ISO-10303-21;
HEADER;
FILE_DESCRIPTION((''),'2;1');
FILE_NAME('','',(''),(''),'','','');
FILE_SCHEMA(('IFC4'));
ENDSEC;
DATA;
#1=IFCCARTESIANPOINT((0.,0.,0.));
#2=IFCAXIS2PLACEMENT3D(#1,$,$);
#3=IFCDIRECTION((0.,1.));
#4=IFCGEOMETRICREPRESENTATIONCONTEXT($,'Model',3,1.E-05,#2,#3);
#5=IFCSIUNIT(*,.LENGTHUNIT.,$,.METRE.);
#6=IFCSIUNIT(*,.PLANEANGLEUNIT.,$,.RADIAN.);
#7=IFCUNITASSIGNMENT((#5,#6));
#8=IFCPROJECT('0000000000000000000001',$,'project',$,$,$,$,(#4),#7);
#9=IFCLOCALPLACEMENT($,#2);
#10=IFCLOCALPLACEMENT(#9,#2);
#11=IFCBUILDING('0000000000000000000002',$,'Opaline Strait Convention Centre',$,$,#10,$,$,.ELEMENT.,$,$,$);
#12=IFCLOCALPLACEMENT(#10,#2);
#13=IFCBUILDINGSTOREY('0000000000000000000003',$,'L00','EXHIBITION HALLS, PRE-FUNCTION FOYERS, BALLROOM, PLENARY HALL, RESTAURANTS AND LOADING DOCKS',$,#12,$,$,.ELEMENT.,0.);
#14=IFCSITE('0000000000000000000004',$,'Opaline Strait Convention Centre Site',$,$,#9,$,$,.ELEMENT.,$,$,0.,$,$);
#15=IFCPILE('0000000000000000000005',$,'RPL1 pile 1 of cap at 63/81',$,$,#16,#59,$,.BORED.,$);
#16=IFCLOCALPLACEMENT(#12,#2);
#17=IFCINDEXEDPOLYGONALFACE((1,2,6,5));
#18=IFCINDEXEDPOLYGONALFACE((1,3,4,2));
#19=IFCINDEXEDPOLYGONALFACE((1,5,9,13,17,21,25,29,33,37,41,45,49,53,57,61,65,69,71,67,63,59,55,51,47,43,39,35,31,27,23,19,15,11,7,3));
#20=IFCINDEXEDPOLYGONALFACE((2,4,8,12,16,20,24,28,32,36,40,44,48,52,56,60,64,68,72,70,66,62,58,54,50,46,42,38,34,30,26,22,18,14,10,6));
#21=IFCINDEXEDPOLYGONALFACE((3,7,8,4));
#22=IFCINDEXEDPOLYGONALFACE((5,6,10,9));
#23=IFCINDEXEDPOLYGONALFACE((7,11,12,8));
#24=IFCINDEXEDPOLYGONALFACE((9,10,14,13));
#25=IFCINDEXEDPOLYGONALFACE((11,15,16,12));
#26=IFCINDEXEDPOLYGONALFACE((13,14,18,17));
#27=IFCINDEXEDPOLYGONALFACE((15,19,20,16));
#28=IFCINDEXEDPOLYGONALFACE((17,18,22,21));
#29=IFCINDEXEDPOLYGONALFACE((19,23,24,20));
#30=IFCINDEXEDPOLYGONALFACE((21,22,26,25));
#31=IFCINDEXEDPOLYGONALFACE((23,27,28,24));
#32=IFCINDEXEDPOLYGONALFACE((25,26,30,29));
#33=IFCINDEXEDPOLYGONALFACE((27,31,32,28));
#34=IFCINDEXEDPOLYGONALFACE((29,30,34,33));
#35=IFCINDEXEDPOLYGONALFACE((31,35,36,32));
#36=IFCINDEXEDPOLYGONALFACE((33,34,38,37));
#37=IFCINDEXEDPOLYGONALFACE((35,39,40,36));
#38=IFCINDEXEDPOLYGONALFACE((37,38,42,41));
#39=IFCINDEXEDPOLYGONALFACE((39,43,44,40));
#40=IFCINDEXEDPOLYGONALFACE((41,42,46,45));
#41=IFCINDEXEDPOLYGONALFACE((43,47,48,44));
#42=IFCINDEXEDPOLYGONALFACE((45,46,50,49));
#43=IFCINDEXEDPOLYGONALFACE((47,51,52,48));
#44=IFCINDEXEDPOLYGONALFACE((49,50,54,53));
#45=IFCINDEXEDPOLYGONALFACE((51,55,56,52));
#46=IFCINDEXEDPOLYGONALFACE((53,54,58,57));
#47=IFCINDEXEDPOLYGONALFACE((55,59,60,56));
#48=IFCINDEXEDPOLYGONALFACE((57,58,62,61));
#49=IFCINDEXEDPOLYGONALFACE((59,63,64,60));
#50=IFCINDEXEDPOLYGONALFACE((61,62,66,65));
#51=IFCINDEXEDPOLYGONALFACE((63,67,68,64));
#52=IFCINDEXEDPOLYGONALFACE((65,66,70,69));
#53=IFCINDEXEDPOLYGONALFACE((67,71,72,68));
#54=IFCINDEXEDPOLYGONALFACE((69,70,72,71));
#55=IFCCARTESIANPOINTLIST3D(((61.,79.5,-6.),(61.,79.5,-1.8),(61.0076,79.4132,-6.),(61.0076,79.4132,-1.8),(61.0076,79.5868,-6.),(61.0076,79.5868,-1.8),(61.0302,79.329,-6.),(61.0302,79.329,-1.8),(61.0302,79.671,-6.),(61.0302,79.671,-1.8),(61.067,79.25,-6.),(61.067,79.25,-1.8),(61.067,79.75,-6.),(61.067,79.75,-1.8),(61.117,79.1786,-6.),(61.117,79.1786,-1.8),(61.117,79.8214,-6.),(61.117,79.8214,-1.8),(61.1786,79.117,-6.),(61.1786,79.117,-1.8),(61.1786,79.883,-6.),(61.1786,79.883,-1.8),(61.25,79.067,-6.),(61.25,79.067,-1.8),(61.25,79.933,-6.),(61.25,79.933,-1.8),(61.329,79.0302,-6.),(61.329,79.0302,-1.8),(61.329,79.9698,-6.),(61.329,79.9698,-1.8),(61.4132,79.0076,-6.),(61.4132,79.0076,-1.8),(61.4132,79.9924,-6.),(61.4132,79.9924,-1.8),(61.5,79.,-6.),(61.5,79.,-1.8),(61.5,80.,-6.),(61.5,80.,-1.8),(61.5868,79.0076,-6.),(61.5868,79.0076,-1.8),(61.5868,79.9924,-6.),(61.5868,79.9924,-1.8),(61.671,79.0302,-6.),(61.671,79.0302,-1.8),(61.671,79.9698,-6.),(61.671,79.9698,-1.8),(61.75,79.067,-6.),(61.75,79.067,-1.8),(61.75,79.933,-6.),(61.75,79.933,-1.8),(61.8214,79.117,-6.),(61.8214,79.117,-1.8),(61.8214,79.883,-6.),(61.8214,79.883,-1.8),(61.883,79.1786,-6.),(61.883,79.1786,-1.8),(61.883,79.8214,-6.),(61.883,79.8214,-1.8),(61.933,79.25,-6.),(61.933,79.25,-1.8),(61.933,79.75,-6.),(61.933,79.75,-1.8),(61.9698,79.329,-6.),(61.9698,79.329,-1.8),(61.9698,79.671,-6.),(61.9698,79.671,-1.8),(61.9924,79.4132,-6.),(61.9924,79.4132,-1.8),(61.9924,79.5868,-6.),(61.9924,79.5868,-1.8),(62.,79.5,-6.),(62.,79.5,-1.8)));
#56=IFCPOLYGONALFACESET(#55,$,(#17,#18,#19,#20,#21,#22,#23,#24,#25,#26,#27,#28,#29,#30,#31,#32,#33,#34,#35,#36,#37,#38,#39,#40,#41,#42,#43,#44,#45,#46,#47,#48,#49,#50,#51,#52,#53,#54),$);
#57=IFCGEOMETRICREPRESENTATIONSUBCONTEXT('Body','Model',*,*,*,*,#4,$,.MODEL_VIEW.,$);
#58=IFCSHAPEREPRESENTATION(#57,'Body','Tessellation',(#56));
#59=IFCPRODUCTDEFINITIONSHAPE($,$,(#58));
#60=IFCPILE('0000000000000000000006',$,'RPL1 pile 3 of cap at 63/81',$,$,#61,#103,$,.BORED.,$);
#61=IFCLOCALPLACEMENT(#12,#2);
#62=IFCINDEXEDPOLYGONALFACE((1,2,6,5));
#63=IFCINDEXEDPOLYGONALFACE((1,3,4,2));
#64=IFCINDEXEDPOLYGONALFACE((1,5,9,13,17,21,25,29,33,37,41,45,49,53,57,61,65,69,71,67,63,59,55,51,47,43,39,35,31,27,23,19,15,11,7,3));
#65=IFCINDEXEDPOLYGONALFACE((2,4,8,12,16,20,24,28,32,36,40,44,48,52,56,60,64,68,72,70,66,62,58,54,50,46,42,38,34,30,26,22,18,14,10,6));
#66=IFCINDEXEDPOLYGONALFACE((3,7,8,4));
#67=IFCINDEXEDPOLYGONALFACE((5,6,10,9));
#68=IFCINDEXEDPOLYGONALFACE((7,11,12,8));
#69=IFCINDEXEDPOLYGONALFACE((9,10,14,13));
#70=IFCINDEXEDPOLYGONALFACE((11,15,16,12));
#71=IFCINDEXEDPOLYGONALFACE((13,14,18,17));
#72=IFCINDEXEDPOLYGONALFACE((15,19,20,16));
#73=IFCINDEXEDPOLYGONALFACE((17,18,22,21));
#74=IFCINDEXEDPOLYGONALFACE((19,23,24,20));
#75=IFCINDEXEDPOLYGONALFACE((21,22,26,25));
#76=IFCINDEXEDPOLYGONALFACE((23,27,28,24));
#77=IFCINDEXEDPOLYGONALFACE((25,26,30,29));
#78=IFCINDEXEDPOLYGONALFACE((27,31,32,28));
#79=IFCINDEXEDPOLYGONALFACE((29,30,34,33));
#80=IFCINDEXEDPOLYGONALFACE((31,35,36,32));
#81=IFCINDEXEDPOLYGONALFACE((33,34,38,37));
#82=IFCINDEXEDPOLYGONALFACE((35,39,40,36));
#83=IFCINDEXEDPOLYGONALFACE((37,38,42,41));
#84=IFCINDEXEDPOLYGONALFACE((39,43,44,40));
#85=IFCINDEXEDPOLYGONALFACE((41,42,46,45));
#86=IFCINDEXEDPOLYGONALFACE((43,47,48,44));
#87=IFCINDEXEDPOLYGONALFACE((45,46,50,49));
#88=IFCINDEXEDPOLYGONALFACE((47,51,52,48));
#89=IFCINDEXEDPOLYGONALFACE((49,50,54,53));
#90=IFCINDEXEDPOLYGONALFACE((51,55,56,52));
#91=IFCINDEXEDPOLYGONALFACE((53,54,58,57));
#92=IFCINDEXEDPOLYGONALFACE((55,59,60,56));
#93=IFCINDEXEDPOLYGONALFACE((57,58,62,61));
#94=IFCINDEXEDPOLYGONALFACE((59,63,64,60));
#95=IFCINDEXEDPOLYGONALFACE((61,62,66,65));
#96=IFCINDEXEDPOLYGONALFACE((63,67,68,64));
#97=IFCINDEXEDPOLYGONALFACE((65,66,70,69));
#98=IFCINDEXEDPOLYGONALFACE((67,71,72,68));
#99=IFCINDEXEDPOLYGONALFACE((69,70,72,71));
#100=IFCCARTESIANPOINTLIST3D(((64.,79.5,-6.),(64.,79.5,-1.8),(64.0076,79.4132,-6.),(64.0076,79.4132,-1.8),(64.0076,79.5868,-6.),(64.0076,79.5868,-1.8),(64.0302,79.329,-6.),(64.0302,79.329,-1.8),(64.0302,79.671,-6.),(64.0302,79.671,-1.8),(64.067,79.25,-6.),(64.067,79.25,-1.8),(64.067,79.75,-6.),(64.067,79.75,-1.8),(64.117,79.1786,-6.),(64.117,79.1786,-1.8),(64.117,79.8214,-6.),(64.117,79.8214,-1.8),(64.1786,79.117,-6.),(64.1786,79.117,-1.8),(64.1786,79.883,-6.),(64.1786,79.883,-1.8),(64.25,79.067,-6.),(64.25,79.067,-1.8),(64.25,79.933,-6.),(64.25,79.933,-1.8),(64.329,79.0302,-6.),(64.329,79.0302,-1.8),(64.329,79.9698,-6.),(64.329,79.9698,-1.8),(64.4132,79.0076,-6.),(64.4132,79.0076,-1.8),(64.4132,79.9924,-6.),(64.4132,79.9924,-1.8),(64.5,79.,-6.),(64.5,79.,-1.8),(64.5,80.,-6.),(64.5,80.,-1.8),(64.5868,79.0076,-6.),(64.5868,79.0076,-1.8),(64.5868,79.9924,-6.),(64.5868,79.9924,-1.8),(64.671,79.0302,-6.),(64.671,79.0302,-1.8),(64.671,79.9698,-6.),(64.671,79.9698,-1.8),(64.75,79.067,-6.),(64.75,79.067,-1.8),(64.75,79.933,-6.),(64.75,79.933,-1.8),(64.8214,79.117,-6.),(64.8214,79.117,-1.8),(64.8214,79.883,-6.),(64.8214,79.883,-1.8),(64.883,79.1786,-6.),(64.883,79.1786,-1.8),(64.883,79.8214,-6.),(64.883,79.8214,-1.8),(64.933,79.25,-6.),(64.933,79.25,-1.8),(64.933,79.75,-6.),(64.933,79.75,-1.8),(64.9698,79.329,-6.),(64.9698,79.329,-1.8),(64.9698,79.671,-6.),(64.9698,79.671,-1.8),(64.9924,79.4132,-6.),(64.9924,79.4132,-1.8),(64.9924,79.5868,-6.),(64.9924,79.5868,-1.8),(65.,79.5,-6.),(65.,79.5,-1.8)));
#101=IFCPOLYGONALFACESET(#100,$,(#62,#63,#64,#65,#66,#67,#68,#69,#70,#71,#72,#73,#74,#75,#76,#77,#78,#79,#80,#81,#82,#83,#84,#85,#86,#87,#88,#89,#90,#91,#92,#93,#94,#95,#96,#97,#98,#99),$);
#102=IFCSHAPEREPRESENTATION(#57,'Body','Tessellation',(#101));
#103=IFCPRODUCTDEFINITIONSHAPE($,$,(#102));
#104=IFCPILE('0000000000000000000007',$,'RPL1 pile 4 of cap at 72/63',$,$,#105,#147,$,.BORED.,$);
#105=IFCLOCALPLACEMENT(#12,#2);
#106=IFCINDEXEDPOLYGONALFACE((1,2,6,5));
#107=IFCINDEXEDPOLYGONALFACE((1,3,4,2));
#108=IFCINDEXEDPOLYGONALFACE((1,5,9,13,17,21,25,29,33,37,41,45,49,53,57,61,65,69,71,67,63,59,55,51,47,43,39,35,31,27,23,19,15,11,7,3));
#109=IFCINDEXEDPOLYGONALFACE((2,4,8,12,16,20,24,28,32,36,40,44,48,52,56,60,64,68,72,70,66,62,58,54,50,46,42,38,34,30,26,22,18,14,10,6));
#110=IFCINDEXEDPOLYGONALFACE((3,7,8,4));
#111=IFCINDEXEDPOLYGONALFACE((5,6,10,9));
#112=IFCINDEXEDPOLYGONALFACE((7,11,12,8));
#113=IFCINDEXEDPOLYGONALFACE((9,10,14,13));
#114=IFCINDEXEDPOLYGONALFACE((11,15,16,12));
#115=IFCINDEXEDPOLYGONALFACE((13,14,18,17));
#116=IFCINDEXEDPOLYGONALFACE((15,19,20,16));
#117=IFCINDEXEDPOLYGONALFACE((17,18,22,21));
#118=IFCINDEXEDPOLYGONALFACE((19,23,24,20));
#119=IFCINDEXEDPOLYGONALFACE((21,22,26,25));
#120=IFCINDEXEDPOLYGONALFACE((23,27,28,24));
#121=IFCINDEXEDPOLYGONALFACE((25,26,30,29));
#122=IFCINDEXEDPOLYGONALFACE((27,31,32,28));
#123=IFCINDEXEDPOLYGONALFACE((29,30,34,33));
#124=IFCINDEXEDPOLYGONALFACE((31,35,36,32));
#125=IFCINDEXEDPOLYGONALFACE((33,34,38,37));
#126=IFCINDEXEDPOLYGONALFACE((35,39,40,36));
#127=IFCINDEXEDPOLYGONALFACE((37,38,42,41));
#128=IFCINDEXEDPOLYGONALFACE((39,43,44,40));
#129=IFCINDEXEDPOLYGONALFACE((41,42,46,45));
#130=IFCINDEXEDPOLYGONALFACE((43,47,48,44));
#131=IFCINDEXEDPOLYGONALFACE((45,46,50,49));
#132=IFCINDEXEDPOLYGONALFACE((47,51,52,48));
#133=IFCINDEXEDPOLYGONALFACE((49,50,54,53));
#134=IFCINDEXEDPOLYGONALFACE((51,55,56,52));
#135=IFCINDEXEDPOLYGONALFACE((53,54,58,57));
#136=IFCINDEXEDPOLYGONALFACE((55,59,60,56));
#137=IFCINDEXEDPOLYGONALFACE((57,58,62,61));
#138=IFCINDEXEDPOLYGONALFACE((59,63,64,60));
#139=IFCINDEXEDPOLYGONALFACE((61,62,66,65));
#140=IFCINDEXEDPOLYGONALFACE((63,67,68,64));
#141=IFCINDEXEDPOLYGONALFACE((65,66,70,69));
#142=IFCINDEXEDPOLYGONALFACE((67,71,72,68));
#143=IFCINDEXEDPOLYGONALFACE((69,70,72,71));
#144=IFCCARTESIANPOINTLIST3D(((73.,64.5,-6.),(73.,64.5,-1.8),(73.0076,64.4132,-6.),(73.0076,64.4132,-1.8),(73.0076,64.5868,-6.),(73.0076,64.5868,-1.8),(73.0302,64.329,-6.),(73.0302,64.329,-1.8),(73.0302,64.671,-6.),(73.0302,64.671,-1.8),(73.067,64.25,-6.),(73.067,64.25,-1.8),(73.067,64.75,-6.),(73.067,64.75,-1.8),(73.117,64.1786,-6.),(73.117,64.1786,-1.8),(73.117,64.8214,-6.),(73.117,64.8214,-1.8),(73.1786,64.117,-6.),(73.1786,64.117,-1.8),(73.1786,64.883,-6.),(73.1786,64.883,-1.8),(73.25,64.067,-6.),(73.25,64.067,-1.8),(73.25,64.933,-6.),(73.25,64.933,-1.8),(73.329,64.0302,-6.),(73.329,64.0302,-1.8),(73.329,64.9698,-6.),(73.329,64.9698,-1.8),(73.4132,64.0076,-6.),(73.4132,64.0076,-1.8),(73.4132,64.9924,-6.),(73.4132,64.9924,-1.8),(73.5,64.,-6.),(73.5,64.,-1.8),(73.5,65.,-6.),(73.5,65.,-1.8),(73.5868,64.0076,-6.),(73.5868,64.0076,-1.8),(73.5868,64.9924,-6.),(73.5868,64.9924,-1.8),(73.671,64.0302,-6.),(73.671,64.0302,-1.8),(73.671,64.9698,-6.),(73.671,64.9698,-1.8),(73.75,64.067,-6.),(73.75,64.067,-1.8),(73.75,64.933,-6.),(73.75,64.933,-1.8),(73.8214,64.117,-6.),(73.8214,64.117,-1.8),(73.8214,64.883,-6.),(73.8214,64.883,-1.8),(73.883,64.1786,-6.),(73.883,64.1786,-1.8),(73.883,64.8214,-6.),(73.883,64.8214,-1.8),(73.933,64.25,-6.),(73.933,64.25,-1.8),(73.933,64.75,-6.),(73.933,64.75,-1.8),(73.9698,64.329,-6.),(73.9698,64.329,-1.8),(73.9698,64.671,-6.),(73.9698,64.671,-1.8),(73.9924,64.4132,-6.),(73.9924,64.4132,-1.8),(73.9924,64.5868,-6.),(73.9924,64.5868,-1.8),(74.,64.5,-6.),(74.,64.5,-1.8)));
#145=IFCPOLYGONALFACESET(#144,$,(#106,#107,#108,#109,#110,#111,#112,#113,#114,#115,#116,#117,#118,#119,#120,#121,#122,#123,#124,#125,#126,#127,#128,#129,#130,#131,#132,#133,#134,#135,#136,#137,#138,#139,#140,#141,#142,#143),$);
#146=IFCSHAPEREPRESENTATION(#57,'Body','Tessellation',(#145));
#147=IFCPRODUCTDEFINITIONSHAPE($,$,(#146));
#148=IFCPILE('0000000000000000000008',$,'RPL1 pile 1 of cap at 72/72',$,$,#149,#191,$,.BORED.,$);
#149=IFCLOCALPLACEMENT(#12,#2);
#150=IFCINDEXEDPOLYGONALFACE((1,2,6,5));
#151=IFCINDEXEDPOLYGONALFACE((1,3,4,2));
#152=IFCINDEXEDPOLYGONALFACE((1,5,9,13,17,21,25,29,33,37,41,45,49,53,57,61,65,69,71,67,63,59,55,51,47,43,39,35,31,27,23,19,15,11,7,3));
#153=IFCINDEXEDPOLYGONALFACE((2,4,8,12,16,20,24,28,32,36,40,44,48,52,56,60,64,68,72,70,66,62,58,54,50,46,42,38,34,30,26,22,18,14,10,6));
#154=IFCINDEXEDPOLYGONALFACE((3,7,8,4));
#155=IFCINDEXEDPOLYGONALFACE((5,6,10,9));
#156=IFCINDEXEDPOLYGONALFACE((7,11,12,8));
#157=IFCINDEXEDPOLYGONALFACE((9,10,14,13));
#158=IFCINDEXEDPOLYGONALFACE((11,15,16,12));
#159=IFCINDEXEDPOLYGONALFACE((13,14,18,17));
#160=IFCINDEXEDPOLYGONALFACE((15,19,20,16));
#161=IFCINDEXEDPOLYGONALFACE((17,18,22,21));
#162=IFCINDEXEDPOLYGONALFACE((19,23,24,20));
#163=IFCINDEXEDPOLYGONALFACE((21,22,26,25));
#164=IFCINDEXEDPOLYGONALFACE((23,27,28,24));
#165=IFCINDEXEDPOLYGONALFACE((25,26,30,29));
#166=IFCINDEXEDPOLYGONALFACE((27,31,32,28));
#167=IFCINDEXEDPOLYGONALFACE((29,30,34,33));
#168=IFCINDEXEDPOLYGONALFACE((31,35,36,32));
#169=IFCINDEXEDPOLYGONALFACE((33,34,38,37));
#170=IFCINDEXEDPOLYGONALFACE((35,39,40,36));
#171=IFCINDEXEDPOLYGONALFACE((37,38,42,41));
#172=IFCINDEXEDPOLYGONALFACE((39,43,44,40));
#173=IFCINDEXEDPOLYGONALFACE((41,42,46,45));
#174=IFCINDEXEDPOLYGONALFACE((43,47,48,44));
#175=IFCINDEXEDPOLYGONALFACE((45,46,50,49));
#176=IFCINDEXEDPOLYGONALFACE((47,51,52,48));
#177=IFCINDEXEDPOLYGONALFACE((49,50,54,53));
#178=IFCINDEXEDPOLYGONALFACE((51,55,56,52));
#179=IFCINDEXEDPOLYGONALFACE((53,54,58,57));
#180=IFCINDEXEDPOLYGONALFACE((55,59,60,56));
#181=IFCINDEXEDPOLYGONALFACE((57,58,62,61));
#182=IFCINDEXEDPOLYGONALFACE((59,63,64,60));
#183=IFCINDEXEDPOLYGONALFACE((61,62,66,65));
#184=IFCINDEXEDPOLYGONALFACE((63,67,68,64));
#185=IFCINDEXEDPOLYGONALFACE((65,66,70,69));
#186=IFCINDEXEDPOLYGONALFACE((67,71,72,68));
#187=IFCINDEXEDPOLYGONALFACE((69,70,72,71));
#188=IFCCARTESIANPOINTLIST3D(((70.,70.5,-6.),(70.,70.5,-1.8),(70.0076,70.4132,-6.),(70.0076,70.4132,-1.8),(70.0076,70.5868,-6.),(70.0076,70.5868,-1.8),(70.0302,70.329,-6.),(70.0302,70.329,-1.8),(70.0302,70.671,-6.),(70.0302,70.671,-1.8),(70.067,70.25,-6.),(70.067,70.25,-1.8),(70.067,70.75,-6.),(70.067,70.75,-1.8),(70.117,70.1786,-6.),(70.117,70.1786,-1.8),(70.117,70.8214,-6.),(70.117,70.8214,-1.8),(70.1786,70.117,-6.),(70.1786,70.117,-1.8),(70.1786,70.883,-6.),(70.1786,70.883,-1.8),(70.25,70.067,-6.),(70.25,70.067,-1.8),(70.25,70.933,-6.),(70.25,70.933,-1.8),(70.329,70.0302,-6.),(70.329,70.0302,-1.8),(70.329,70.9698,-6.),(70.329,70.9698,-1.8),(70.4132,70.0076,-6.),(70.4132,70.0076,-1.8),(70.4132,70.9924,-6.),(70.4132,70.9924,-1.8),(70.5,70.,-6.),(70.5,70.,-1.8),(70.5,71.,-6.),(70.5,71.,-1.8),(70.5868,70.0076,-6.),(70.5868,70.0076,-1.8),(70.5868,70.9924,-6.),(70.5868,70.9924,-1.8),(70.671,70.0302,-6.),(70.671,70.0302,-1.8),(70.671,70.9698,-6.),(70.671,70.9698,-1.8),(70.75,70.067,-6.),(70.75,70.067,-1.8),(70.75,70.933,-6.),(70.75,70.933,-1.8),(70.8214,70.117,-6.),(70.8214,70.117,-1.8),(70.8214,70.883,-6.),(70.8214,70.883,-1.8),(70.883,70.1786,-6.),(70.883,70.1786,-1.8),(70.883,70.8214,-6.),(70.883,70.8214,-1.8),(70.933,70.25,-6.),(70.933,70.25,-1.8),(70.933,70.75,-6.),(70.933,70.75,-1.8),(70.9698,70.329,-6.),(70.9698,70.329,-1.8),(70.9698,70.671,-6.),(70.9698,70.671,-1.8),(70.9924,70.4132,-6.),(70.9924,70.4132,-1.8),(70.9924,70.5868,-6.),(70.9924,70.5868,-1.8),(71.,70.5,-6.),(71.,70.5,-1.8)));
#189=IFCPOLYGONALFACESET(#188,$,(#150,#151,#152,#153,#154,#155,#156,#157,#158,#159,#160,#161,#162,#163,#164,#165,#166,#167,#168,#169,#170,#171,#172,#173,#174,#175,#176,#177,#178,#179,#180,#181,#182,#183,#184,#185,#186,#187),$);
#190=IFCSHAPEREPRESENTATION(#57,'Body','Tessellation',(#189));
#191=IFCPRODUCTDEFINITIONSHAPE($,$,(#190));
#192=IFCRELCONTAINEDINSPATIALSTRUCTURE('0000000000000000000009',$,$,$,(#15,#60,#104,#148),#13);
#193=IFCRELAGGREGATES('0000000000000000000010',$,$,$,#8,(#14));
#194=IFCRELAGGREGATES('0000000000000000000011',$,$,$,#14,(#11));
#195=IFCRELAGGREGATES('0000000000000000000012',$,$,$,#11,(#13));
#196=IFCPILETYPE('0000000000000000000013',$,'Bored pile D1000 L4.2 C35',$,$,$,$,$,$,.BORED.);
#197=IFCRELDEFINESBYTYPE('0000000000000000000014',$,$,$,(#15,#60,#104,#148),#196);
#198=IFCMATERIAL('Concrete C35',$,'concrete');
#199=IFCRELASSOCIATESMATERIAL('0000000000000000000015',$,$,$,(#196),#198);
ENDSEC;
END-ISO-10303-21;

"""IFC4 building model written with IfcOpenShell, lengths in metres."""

from ifc_helpers import new_model, si_unit, direction, frame, origin, origin_2d, place, context, subcontext, project, spatial, circle, extrude, material, material_profile, profile_set, type_object, element, save


model = new_model("IFC4")

# Units and contexts
model_context = context("Model", 3, precision=1e-05, world=origin(), true_north=direction((0.0, 1.0)))
body_context = subcontext(model_context, "Body", "Model", "MODEL_VIEW")
ifc_project = project(units=[si_unit("LENGTHUNIT", "METRE"), si_unit("PLANEANGLEUNIT", "RADIAN")], contexts=[model_context])

# Site, building, storey
site_placement = place(None, origin())
site = spatial("IfcSite", under=ifc_project, at=site_placement, Name="Opaline Strait Convention Centre Site", CompositionType="ELEMENT", RefElevation=0.0)
building_placement = place(site_placement, origin())
building = spatial("IfcBuilding", under=site, at=building_placement, Name="Opaline Strait Convention Centre", CompositionType="ELEMENT")
storey_placement = place(building_placement, origin())
storey = spatial("IfcBuildingStorey", under=building, at=storey_placement, Name="L00", Description="EXHIBITION HALLS, PRE-FUNCTION FOYERS, BALLROOM, PLENARY HALL, RESTAURANTS AND LOADING DOCKS", CompositionType="ELEMENT", Elevation=0.0)

# Piles
ifc_material_1 = material(Name="Concrete C35", Category="concrete")
ifc_material_profile_1 = material_profile(ifc_material_1, circle(Radius=0.5, at=origin_2d()), Name="D1000")
ifc_profile_set_1 = profile_set([ifc_material_profile_1], Name="Concrete C35")
pile_type = type_object("IfcPileType", Name="Bored pile D1000 L4.2 C35", PredefinedType="BORED", material=ifc_profile_set_1)
for number, where, z_axis, x_axis, name in (
    (1, (61.5, 79.5, -1.8), (0.0, 0.0, -1.0), (1.0, 0.0, 0.0), "RPL1 pile 1 of cap at 63/81"),
    (2, (64.5, 79.5, -1.8), (0.0, 0.0, -1.0), (1.0, 0.0, 0.0), "RPL1 pile 3 of cap at 63/81"),
    (3, (73.5, 64.5, -1.8), (0.0, 0.0, -1.0), (1.0, 0.0, 0.0), "RPL1 pile 4 of cap at 72/63"),
    (4, (70.5, 70.5, -1.8), (0.0, 0.0, -1.0), (1.0, 0.0, 0.0), "RPL1 pile 1 of cap at 72/72"),
):
    element("IfcPile", number, at=place(storey_placement, frame(where, z_axis=z_axis, x_axis=x_axis)), inside=storey, type_object=pile_type, Name=name, PredefinedType="BORED", context=body_context, shape_type="SweptSolid", body=[
        extrude(circle(Radius=0.5, at=origin_2d()), origin(), (0.0, 0.0, 1.0), 4.2),
    ])

save(model, "model.ifc")
